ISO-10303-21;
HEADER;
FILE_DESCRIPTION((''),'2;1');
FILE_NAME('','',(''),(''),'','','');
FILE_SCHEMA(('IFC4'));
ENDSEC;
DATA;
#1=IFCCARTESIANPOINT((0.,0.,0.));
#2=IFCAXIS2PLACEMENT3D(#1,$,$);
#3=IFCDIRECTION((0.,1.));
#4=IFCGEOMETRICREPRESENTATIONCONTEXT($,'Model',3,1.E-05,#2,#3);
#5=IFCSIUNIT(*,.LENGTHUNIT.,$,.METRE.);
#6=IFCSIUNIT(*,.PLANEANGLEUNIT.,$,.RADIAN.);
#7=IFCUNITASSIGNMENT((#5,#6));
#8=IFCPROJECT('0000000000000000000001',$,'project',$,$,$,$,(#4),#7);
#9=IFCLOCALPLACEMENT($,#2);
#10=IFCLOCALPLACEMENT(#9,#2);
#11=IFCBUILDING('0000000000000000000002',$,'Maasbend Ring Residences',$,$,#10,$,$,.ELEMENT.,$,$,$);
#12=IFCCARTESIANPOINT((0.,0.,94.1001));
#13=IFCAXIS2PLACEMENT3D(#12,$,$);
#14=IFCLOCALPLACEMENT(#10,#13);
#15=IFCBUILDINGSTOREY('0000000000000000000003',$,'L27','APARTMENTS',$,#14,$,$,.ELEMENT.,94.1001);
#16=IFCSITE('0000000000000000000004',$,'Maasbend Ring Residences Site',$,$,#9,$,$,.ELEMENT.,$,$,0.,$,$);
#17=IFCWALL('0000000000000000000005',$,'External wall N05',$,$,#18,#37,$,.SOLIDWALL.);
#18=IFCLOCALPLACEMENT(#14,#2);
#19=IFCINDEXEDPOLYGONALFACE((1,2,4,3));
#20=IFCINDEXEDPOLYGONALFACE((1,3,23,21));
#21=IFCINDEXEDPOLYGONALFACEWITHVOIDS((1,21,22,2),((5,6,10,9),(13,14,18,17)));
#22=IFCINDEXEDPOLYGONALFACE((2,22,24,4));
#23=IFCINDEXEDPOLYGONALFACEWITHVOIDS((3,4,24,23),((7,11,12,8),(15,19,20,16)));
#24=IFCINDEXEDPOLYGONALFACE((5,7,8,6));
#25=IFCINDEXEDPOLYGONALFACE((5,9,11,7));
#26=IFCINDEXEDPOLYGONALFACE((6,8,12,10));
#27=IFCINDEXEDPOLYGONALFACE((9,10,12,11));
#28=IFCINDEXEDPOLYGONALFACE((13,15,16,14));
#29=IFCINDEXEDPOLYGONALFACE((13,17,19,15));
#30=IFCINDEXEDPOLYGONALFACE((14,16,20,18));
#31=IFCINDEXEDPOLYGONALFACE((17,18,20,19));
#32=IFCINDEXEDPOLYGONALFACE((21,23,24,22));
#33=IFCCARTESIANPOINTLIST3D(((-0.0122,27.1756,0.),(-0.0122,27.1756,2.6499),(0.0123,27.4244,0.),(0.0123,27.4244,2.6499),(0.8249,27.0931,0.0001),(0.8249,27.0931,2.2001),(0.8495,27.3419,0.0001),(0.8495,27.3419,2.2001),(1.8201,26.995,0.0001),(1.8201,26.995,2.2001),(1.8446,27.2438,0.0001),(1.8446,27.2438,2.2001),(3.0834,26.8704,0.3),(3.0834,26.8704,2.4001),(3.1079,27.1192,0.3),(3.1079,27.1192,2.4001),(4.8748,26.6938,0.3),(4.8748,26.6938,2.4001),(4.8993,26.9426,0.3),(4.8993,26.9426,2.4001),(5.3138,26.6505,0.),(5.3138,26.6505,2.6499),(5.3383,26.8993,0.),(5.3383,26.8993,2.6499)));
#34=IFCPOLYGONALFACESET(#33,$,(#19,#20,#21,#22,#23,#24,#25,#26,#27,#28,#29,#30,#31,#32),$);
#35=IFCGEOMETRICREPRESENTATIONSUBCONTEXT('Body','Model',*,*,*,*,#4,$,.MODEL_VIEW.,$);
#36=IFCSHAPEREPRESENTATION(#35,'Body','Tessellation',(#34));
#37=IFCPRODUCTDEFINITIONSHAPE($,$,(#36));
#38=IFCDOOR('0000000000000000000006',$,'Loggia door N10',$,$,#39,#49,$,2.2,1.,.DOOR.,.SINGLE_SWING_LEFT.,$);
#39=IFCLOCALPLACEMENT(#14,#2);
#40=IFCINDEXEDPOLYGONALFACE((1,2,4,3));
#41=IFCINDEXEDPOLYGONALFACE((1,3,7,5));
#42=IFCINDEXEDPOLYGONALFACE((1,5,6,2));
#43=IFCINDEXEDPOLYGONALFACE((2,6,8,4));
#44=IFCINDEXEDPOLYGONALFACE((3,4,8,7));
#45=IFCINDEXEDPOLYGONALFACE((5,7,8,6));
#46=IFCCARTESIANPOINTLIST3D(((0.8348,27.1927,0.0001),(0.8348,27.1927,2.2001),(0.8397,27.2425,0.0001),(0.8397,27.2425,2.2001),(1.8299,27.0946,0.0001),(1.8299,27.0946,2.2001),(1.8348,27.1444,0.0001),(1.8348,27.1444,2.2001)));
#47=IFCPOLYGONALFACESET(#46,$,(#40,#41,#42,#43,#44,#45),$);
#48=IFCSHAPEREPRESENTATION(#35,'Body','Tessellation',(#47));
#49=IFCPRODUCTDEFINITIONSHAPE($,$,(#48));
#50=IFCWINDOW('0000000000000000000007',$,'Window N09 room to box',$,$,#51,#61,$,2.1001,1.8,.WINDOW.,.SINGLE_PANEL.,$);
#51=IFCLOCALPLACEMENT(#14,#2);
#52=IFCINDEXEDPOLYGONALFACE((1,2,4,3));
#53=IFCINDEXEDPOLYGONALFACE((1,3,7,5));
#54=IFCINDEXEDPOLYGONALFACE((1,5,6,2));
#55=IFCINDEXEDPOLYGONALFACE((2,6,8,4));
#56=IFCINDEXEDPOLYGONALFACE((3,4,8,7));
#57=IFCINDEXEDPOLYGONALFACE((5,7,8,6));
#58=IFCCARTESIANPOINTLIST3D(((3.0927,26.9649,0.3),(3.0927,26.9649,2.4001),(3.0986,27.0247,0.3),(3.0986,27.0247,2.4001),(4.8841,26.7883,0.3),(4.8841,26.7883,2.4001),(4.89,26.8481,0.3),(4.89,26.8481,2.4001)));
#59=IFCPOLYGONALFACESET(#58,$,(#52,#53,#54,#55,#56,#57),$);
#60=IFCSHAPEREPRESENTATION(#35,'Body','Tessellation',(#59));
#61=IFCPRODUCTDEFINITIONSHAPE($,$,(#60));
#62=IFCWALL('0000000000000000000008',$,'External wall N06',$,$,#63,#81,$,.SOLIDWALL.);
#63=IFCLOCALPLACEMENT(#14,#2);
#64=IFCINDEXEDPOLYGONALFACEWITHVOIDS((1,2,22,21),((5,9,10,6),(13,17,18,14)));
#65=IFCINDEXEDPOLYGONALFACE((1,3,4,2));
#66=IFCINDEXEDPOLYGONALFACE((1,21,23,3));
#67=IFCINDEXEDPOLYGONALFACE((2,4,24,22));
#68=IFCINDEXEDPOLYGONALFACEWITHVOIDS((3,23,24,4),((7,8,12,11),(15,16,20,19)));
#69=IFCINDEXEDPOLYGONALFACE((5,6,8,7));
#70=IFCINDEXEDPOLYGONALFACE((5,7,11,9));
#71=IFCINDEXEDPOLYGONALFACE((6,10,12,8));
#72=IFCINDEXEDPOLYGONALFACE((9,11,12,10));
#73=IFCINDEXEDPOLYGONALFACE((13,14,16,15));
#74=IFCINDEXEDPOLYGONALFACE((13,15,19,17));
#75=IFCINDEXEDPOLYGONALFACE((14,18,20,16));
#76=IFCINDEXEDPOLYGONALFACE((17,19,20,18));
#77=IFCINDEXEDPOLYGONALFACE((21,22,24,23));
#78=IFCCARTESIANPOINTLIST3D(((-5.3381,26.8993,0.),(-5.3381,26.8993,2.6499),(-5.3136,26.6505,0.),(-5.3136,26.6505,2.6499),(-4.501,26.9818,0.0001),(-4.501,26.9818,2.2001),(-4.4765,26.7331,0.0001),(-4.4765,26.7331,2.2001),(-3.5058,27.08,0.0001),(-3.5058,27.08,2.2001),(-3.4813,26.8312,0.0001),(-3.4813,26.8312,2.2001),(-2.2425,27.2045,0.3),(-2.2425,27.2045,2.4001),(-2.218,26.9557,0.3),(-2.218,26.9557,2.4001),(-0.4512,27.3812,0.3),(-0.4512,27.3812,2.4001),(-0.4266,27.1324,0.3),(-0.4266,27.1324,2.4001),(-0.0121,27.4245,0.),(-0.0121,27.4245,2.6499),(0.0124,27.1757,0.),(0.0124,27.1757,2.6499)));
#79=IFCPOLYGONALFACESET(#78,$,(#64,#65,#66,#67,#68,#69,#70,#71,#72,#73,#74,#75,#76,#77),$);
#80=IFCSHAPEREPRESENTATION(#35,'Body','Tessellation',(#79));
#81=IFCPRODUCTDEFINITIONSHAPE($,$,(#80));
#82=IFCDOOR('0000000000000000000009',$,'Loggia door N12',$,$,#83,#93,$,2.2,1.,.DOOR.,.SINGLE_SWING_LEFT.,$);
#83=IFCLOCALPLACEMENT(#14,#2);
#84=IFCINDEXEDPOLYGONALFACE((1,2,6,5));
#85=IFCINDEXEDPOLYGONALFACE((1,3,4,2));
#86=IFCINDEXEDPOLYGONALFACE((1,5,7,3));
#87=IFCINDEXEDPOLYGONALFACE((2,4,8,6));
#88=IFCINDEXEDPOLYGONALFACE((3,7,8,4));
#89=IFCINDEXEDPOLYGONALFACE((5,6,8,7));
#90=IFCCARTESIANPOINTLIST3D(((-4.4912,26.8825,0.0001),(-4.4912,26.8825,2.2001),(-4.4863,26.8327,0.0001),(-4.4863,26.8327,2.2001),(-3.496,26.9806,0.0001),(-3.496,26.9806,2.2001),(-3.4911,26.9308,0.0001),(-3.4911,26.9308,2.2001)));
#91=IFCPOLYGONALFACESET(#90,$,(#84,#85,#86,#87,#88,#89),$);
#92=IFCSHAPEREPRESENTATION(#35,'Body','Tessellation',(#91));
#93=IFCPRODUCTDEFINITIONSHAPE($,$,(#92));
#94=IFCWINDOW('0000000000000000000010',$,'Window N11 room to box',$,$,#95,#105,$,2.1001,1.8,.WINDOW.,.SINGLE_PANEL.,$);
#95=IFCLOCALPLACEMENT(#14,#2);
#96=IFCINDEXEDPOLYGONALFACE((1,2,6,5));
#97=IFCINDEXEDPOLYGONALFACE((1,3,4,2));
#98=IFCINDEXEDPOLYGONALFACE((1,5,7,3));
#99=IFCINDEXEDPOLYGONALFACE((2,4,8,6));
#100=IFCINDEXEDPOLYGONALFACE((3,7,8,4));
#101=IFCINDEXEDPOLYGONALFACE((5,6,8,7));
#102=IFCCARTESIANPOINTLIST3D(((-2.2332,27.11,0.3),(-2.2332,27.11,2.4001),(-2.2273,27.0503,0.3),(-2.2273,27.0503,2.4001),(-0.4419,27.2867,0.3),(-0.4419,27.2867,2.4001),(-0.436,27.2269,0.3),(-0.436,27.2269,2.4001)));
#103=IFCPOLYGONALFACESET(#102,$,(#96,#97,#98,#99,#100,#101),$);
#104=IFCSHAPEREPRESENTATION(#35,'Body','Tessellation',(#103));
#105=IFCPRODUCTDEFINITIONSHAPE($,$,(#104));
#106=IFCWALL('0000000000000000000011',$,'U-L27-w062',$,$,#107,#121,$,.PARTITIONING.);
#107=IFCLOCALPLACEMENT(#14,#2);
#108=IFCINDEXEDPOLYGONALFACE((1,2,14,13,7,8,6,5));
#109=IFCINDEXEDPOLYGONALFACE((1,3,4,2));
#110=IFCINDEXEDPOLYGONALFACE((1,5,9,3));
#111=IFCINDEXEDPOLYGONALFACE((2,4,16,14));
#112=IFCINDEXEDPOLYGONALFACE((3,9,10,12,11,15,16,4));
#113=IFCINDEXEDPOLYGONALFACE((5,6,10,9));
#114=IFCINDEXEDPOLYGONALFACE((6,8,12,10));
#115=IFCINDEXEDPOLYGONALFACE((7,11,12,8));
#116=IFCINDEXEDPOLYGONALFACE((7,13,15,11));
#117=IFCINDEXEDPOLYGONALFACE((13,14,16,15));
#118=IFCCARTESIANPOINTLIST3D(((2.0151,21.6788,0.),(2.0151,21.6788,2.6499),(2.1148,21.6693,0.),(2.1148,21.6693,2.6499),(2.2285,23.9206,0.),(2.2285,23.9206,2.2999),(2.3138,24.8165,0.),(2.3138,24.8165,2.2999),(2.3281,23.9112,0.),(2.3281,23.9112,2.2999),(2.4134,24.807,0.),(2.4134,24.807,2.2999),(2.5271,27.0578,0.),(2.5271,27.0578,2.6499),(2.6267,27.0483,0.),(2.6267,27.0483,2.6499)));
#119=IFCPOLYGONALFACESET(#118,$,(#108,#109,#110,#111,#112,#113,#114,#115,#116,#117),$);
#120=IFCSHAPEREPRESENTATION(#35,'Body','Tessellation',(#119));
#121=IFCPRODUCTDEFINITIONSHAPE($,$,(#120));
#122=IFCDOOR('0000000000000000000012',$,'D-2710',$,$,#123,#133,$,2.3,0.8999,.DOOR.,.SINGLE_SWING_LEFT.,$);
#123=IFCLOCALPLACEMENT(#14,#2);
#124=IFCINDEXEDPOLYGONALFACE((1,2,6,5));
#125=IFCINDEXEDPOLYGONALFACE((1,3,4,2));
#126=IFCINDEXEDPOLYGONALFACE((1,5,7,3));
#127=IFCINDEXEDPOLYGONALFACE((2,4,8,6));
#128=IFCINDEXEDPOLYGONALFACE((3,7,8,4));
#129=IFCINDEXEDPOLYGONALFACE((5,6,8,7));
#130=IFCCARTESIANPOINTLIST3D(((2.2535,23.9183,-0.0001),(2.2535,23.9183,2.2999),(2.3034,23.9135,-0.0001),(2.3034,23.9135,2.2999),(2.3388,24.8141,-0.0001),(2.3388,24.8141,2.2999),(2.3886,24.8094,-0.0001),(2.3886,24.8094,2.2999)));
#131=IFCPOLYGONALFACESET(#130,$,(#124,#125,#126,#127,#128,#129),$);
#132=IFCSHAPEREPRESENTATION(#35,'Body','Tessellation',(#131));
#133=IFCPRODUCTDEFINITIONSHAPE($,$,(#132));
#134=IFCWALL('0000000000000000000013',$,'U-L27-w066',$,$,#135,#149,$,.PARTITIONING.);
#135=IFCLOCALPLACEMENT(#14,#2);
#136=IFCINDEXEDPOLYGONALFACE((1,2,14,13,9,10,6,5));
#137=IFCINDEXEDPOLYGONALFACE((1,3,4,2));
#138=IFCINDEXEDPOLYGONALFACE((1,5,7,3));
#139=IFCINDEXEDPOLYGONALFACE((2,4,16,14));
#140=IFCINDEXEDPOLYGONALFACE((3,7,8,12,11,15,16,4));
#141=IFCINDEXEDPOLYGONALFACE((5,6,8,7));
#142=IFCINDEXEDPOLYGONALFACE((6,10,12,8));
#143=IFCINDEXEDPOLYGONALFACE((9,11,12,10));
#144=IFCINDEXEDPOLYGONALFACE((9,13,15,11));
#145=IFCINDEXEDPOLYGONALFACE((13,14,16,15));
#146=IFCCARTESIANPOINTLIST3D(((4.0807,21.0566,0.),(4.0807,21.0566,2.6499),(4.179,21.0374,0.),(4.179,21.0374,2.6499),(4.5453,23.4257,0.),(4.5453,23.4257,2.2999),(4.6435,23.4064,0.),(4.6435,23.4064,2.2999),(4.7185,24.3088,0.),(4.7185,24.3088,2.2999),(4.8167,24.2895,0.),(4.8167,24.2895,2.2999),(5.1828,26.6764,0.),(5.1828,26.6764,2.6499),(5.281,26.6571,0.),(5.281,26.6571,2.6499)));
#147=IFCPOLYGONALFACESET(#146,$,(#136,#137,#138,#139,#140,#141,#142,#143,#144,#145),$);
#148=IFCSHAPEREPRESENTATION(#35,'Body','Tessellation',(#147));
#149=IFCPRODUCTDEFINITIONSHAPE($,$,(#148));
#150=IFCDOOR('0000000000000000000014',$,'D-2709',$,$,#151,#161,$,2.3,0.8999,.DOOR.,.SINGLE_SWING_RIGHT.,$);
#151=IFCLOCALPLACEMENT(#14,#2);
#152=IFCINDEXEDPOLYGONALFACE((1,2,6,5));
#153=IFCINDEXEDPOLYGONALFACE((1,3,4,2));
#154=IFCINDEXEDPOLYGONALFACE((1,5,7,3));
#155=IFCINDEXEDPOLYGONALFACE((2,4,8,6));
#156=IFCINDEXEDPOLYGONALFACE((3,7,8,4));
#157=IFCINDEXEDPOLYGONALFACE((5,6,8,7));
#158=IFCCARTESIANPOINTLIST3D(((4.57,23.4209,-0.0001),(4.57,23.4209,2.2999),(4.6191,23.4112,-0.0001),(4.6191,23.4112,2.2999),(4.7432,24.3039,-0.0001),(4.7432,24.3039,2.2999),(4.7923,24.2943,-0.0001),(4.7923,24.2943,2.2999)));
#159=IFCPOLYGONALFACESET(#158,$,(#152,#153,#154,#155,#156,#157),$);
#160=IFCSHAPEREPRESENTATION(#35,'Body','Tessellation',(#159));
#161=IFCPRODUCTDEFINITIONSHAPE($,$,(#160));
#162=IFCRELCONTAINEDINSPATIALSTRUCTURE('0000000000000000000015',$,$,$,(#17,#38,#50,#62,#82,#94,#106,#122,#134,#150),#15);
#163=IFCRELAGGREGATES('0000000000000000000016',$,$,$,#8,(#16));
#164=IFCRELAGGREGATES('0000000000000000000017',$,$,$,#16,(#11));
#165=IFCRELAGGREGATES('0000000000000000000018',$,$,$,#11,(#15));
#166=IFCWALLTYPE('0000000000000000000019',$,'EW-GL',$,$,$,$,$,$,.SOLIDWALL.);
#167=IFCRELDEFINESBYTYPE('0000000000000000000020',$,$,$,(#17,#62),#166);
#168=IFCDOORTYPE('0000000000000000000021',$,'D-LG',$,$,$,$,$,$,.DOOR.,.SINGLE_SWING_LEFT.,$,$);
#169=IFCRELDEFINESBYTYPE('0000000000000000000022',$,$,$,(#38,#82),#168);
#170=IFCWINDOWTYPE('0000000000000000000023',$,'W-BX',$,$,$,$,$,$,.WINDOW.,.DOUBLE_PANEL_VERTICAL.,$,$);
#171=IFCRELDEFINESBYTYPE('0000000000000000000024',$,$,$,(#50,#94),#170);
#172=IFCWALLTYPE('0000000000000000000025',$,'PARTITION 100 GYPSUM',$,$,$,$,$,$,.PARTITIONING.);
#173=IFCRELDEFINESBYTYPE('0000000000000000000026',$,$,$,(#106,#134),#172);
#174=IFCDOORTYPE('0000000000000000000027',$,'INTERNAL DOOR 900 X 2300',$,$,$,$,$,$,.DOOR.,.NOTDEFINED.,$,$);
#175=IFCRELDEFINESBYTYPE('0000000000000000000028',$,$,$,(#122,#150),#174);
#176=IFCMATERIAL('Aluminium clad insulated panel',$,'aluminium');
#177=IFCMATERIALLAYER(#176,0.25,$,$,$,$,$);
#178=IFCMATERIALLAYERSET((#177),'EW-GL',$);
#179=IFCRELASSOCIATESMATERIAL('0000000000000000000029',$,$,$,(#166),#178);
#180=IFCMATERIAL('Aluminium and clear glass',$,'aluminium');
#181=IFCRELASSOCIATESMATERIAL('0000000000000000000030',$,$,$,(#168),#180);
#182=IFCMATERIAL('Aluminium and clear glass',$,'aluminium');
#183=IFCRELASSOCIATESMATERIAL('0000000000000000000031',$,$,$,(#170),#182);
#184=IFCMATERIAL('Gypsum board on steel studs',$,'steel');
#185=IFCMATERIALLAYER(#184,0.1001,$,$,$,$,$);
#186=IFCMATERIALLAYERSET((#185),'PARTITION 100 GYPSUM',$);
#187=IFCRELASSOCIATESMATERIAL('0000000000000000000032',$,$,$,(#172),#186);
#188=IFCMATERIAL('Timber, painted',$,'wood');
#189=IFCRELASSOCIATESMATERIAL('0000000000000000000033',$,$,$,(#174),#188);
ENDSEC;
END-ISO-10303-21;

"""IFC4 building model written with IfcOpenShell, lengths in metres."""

from ifc_helpers import new_model, si_unit, direction, frame, frame_2d, origin, place, context, subcontext, project, spatial, rectangle, extrude, material, layer, layer_set, type_object, element, fill, save


model = new_model("IFC4")

# Units and contexts
model_context = context("Model", 3, precision=1e-05, world=origin(), true_north=direction((0.0, 1.0)))
body_context = subcontext(model_context, "Body", "Model", "MODEL_VIEW")
ifc_project = project(units=[si_unit("LENGTHUNIT", "METRE"), si_unit("PLANEANGLEUNIT", "RADIAN")], contexts=[model_context])

# Site, building, storey
site_placement = place(None, origin())
site = spatial("IfcSite", under=ifc_project, at=site_placement, Name="Maasbend Ring Residences Site", CompositionType="ELEMENT", RefElevation=0.0)
building_placement = place(site_placement, origin())
building = spatial("IfcBuilding", under=site, at=building_placement, Name="Maasbend Ring Residences", CompositionType="ELEMENT")
storey_placement = place(building_placement, frame((0.0, 0.0, 94.1001)))
storey = spatial("IfcBuildingStorey", under=building, at=storey_placement, Name="L27", Description="APARTMENTS", CompositionType="ELEMENT", Elevation=94.1001)

# Walls, openings, doors, windows
ifc_material_1 = material(Name="Aluminium clad insulated panel", Category="aluminium")
ifc_layer_1 = layer(ifc_material_1, 0.25)
ifc_layer_set_1 = layer_set([ifc_layer_1], Name="EW-GL")
wall_type_1 = type_object("IfcWallType", Name="EW-GL", PredefinedType="SOLIDWALL", material=ifc_layer_set_1)
ifc_material_2 = material(Name="Aluminium and clear glass", Category="aluminium")
door_type_1 = type_object("IfcDoorType", Name="D-LG", OperationType="SINGLE_SWING_LEFT", PredefinedType="DOOR", material=ifc_material_2)
ifc_material_3 = material(Name="Aluminium and clear glass", Category="aluminium")
window_type_1 = type_object("IfcWindowType", Name="W-BX", PartitioningType="DOUBLE_PANEL_VERTICAL", PredefinedType="WINDOW", material=ifc_material_3)
wall_1_placement = place(storey_placement, frame((5.3259, 26.7749, 0.0), z_axis=(0.0, 0.0, 1.0), x_axis=(-0.995174, 0.098126, 0.0)))
wall_1 = element("IfcWall", 1, at=wall_1_placement, inside=storey, type_object=wall_type_1, Name="External wall N05", PredefinedType="SOLIDWALL", context=body_context, shape_type="SweptSolid", body=[
    extrude(rectangle(XDim=5.3518, YDim=0.25, at=frame_2d((2.6758, 0.0))), origin(), (0.0, 0.0, 1.0), 2.6499),
])
opening_1_placement = place(wall_1_placement, frame((0.4412, 0.0, 0.3)))
opening_1 = element("IfcOpeningElement", 2, at=opening_1_placement, cuts=wall_1, PredefinedType="OPENING", context=body_context, shape_type="SweptSolid", body=[
    extrude(rectangle(XDim=1.8, YDim=2.1001, at=frame_2d((0.8999, 1.05))), frame((0.0, 0.135, 0.0), z_axis=(0.0, -1.0, 0.0), x_axis=(1.0, 0.0, 0.0)), (0.0, 0.0, 1.0), 0.27),
])
opening_2_placement = place(wall_1_placement, frame((3.5105, 0.0, 0.0)))
opening_2 = element("IfcOpeningElement", 3, at=opening_2_placement, cuts=wall_1, PredefinedType="OPENING", context=body_context, shape_type="SweptSolid", body=[
    extrude(rectangle(XDim=1.0, YDim=2.2, at=frame_2d((0.5, 1.1001))), frame((0.0, 0.135, 0.0), z_axis=(0.0, -1.0, 0.0), x_axis=(1.0, 0.0, 0.0)), (0.0, 0.0, 1.0), 0.27),
])
door_1_placement = place(opening_2_placement, origin())
door_1 = element("IfcDoor", 4, at=door_1_placement, inside=storey, type_object=door_type_1, Name="Loggia door N10", OperationType="SINGLE_SWING_LEFT", OverallHeight=2.2, OverallWidth=1.0, PredefinedType="DOOR", context=body_context, shape_type="SweptSolid", body=[
    extrude(rectangle(XDim=1.0, YDim=2.2, at=frame_2d((0.5, 1.1001))), frame((0.0, 0.0249, 0.0), z_axis=(0.0, -1.0, 0.0), x_axis=(1.0, 0.0, 0.0)), (0.0, 0.0, 1.0), 0.05),
])
fill(opening_2, door_1)
window_1_placement = place(opening_1_placement, origin())
window_1 = element("IfcWindow", 5, at=window_1_placement, inside=storey, type_object=window_type_1, Name="Window N09 room to box", OverallHeight=2.1001, OverallWidth=1.8, PartitioningType="SINGLE_PANEL", PredefinedType="WINDOW", context=body_context, shape_type="SweptSolid", body=[
    extrude(rectangle(XDim=1.8, YDim=2.1001, at=frame_2d((0.8999, 1.05))), frame((0.0, 0.03, 0.0), z_axis=(0.0, -1.0, 0.0), x_axis=(1.0, 0.0, 0.0)), (0.0, 0.0, 1.0), 0.0601),
])
fill(opening_1, window_1)
wall_2_placement = place(storey_placement, frame((0.0, 27.3, 0.0), z_axis=(0.0, 0.0, 1.0), x_axis=(-0.995174, -0.098126, 0.0)))
wall_2 = element("IfcWall", 6, at=wall_2_placement, inside=storey, type_object=wall_type_1, Name="External wall N06", PredefinedType="SOLIDWALL", context=body_context, shape_type="SweptSolid", body=[
    extrude(rectangle(XDim=5.3518, YDim=0.25, at=frame_2d((2.6758, 0.0))), origin(), (0.0, 0.0, 1.0), 2.6499),
])
opening_3_placement = place(wall_2_placement, frame((0.4412, 0.0, 0.3)))
opening_3 = element("IfcOpeningElement", 7, at=opening_3_placement, cuts=wall_2, PredefinedType="OPENING", context=body_context, shape_type="SweptSolid", body=[
    extrude(rectangle(XDim=1.8, YDim=2.1001, at=frame_2d((0.8999, 1.05))), frame((0.0, 0.135, 0.0), z_axis=(0.0, -1.0, 0.0), x_axis=(1.0, 0.0, 0.0)), (0.0, 0.0, 1.0), 0.27),
])
opening_4_placement = place(wall_2_placement, frame((3.5105, 0.0, 0.0)))
opening_4 = element("IfcOpeningElement", 8, at=opening_4_placement, cuts=wall_2, PredefinedType="OPENING", context=body_context, shape_type="SweptSolid", body=[
    extrude(rectangle(XDim=1.0, YDim=2.2, at=frame_2d((0.5, 1.1001))), frame((0.0, 0.135, 0.0), z_axis=(0.0, -1.0, 0.0), x_axis=(1.0, 0.0, 0.0)), (0.0, 0.0, 1.0), 0.27),
])
door_2_placement = place(opening_4_placement, origin())
door_2 = element("IfcDoor", 9, at=door_2_placement, inside=storey, type_object=door_type_1, Name="Loggia door N12", OperationType="SINGLE_SWING_LEFT", OverallHeight=2.2, OverallWidth=1.0, PredefinedType="DOOR", context=body_context, shape_type="SweptSolid", body=[
    extrude(rectangle(XDim=1.0, YDim=2.2, at=frame_2d((0.5, 1.1001))), frame((0.0, 0.0249, 0.0), z_axis=(0.0, -1.0, 0.0), x_axis=(1.0, 0.0, 0.0)), (0.0, 0.0, 1.0), 0.05),
])
fill(opening_4, door_2)
window_2_placement = place(opening_3_placement, origin())
window_2 = element("IfcWindow", 10, at=window_2_placement, inside=storey, type_object=window_type_1, Name="Window N11 room to box", OverallHeight=2.1001, OverallWidth=1.8, PartitioningType="SINGLE_PANEL", PredefinedType="WINDOW", context=body_context, shape_type="SweptSolid", body=[
    extrude(rectangle(XDim=1.8, YDim=2.1001, at=frame_2d((0.8999, 1.05))), frame((0.0, 0.03, 0.0), z_axis=(0.0, -1.0, 0.0), x_axis=(1.0, 0.0, 0.0)), (0.0, 0.0, 1.0), 0.0601),
])
fill(opening_3, window_2)

# Walls, openings, doors
ifc_material_4 = material(Name="Gypsum board on steel studs", Category="steel")
ifc_layer_2 = layer(ifc_material_4, 0.1001)
ifc_layer_set_2 = layer_set([ifc_layer_2], Name="PARTITION 100 GYPSUM")
wall_type_2 = type_object("IfcWallType", Name="PARTITION 100 GYPSUM", PredefinedType="PARTITIONING", material=ifc_layer_set_2)
wall_3_placement = place(storey_placement, frame((2.0649, 21.6741, 0.0), z_axis=(0.0, 0.0, 1.0), x_axis=(0.094752, 0.995501, 0.0)))
wall_3 = element("IfcWall", 11, at=wall_3_placement, inside=storey, type_object=wall_type_2, Name="U-L27-w062", PredefinedType="PARTITIONING", context=body_context, shape_type="SweptSolid", body=[
    extrude(rectangle(XDim=5.4033, YDim=0.1001, at=frame_2d((2.7017, 0.0))), origin(), (0.0, 0.0, 1.0), 2.6499),
])
opening_5_placement = place(wall_3_placement, frame((2.252, 0.0, 0.0)))
opening_5 = element("IfcOpeningElement", 12, at=opening_5_placement, cuts=wall_3, PredefinedType="OPENING", context=body_context, shape_type="SweptSolid", body=[
    extrude(rectangle(XDim=0.8999, YDim=2.3, at=frame_2d((0.45, 1.1499))), frame((0.0, 0.0601, 0.0), z_axis=(0.0, -1.0, 0.0), x_axis=(1.0, 0.0, 0.0)), (0.0, 0.0, 1.0), 0.1201),
])
ifc_material_5 = material(Name="Timber, painted", Category="wood")
door_type_2 = type_object("IfcDoorType", Name="INTERNAL DOOR 900 X 2300", OperationType="NOTDEFINED", PredefinedType="DOOR", material=ifc_material_5)
door_3_placement = place(opening_5_placement, origin())
door_3 = element("IfcDoor", 13, at=door_3_placement, inside=storey, type_object=door_type_2, Name="D-2710", OperationType="SINGLE_SWING_LEFT", OverallHeight=2.3, OverallWidth=0.8999, PredefinedType="DOOR", context=body_context, shape_type="SweptSolid", body=[
    extrude(rectangle(XDim=0.8999, YDim=2.3, at=frame_2d((0.45, 1.1499))), frame((0.0, 0.0249, 0.0), z_axis=(0.0, -1.0, 0.0), x_axis=(1.0, 0.0, 0.0)), (0.0, 0.0, 1.0), 0.05),
])
fill(opening_5, door_3)
wall_4_placement = place(storey_placement, frame((4.1299, 21.0471, 0.0), z_axis=(0.0, 0.0, 1.0), x_axis=(0.192434, 0.98131, 0.0)))
wall_4 = element("IfcWall", 14, at=wall_4_placement, inside=storey, type_object=wall_type_2, Name="U-L27-w066", PredefinedType="PARTITIONING", context=body_context, shape_type="SweptSolid", body=[
    extrude(rectangle(XDim=5.7268, YDim=0.1001, at=frame_2d((2.8633, 0.0))), origin(), (0.0, 0.0, 1.0), 2.6499),
])
opening_6_placement = place(wall_4_placement, frame((2.4141, 0.0, 0.0)))
opening_6 = element("IfcOpeningElement", 15, at=opening_6_placement, cuts=wall_4, PredefinedType="OPENING", context=body_context, shape_type="SweptSolid", body=[
    extrude(rectangle(XDim=0.8999, YDim=2.3, at=frame_2d((0.45, 1.1499))), frame((0.0, 0.0601, 0.0), z_axis=(0.0, -1.0, 0.0), x_axis=(1.0, 0.0, 0.0)), (0.0, 0.0, 1.0), 0.1201),
])
door_4_placement = place(opening_6_placement, origin())
door_4 = element("IfcDoor", 16, at=door_4_placement, inside=storey, type_object=door_type_2, Name="D-2709", OperationType="SINGLE_SWING_RIGHT", OverallHeight=2.3, OverallWidth=0.8999, PredefinedType="DOOR", context=body_context, shape_type="SweptSolid", body=[
    extrude(rectangle(XDim=0.8999, YDim=2.3, at=frame_2d((0.45, 1.1499))), frame((0.0, 0.0249, 0.0), z_axis=(0.0, -1.0, 0.0), x_axis=(1.0, 0.0, 0.0)), (0.0, 0.0, 1.0), 0.05),
])
fill(opening_6, door_4)

save(model, "model.ifc")
